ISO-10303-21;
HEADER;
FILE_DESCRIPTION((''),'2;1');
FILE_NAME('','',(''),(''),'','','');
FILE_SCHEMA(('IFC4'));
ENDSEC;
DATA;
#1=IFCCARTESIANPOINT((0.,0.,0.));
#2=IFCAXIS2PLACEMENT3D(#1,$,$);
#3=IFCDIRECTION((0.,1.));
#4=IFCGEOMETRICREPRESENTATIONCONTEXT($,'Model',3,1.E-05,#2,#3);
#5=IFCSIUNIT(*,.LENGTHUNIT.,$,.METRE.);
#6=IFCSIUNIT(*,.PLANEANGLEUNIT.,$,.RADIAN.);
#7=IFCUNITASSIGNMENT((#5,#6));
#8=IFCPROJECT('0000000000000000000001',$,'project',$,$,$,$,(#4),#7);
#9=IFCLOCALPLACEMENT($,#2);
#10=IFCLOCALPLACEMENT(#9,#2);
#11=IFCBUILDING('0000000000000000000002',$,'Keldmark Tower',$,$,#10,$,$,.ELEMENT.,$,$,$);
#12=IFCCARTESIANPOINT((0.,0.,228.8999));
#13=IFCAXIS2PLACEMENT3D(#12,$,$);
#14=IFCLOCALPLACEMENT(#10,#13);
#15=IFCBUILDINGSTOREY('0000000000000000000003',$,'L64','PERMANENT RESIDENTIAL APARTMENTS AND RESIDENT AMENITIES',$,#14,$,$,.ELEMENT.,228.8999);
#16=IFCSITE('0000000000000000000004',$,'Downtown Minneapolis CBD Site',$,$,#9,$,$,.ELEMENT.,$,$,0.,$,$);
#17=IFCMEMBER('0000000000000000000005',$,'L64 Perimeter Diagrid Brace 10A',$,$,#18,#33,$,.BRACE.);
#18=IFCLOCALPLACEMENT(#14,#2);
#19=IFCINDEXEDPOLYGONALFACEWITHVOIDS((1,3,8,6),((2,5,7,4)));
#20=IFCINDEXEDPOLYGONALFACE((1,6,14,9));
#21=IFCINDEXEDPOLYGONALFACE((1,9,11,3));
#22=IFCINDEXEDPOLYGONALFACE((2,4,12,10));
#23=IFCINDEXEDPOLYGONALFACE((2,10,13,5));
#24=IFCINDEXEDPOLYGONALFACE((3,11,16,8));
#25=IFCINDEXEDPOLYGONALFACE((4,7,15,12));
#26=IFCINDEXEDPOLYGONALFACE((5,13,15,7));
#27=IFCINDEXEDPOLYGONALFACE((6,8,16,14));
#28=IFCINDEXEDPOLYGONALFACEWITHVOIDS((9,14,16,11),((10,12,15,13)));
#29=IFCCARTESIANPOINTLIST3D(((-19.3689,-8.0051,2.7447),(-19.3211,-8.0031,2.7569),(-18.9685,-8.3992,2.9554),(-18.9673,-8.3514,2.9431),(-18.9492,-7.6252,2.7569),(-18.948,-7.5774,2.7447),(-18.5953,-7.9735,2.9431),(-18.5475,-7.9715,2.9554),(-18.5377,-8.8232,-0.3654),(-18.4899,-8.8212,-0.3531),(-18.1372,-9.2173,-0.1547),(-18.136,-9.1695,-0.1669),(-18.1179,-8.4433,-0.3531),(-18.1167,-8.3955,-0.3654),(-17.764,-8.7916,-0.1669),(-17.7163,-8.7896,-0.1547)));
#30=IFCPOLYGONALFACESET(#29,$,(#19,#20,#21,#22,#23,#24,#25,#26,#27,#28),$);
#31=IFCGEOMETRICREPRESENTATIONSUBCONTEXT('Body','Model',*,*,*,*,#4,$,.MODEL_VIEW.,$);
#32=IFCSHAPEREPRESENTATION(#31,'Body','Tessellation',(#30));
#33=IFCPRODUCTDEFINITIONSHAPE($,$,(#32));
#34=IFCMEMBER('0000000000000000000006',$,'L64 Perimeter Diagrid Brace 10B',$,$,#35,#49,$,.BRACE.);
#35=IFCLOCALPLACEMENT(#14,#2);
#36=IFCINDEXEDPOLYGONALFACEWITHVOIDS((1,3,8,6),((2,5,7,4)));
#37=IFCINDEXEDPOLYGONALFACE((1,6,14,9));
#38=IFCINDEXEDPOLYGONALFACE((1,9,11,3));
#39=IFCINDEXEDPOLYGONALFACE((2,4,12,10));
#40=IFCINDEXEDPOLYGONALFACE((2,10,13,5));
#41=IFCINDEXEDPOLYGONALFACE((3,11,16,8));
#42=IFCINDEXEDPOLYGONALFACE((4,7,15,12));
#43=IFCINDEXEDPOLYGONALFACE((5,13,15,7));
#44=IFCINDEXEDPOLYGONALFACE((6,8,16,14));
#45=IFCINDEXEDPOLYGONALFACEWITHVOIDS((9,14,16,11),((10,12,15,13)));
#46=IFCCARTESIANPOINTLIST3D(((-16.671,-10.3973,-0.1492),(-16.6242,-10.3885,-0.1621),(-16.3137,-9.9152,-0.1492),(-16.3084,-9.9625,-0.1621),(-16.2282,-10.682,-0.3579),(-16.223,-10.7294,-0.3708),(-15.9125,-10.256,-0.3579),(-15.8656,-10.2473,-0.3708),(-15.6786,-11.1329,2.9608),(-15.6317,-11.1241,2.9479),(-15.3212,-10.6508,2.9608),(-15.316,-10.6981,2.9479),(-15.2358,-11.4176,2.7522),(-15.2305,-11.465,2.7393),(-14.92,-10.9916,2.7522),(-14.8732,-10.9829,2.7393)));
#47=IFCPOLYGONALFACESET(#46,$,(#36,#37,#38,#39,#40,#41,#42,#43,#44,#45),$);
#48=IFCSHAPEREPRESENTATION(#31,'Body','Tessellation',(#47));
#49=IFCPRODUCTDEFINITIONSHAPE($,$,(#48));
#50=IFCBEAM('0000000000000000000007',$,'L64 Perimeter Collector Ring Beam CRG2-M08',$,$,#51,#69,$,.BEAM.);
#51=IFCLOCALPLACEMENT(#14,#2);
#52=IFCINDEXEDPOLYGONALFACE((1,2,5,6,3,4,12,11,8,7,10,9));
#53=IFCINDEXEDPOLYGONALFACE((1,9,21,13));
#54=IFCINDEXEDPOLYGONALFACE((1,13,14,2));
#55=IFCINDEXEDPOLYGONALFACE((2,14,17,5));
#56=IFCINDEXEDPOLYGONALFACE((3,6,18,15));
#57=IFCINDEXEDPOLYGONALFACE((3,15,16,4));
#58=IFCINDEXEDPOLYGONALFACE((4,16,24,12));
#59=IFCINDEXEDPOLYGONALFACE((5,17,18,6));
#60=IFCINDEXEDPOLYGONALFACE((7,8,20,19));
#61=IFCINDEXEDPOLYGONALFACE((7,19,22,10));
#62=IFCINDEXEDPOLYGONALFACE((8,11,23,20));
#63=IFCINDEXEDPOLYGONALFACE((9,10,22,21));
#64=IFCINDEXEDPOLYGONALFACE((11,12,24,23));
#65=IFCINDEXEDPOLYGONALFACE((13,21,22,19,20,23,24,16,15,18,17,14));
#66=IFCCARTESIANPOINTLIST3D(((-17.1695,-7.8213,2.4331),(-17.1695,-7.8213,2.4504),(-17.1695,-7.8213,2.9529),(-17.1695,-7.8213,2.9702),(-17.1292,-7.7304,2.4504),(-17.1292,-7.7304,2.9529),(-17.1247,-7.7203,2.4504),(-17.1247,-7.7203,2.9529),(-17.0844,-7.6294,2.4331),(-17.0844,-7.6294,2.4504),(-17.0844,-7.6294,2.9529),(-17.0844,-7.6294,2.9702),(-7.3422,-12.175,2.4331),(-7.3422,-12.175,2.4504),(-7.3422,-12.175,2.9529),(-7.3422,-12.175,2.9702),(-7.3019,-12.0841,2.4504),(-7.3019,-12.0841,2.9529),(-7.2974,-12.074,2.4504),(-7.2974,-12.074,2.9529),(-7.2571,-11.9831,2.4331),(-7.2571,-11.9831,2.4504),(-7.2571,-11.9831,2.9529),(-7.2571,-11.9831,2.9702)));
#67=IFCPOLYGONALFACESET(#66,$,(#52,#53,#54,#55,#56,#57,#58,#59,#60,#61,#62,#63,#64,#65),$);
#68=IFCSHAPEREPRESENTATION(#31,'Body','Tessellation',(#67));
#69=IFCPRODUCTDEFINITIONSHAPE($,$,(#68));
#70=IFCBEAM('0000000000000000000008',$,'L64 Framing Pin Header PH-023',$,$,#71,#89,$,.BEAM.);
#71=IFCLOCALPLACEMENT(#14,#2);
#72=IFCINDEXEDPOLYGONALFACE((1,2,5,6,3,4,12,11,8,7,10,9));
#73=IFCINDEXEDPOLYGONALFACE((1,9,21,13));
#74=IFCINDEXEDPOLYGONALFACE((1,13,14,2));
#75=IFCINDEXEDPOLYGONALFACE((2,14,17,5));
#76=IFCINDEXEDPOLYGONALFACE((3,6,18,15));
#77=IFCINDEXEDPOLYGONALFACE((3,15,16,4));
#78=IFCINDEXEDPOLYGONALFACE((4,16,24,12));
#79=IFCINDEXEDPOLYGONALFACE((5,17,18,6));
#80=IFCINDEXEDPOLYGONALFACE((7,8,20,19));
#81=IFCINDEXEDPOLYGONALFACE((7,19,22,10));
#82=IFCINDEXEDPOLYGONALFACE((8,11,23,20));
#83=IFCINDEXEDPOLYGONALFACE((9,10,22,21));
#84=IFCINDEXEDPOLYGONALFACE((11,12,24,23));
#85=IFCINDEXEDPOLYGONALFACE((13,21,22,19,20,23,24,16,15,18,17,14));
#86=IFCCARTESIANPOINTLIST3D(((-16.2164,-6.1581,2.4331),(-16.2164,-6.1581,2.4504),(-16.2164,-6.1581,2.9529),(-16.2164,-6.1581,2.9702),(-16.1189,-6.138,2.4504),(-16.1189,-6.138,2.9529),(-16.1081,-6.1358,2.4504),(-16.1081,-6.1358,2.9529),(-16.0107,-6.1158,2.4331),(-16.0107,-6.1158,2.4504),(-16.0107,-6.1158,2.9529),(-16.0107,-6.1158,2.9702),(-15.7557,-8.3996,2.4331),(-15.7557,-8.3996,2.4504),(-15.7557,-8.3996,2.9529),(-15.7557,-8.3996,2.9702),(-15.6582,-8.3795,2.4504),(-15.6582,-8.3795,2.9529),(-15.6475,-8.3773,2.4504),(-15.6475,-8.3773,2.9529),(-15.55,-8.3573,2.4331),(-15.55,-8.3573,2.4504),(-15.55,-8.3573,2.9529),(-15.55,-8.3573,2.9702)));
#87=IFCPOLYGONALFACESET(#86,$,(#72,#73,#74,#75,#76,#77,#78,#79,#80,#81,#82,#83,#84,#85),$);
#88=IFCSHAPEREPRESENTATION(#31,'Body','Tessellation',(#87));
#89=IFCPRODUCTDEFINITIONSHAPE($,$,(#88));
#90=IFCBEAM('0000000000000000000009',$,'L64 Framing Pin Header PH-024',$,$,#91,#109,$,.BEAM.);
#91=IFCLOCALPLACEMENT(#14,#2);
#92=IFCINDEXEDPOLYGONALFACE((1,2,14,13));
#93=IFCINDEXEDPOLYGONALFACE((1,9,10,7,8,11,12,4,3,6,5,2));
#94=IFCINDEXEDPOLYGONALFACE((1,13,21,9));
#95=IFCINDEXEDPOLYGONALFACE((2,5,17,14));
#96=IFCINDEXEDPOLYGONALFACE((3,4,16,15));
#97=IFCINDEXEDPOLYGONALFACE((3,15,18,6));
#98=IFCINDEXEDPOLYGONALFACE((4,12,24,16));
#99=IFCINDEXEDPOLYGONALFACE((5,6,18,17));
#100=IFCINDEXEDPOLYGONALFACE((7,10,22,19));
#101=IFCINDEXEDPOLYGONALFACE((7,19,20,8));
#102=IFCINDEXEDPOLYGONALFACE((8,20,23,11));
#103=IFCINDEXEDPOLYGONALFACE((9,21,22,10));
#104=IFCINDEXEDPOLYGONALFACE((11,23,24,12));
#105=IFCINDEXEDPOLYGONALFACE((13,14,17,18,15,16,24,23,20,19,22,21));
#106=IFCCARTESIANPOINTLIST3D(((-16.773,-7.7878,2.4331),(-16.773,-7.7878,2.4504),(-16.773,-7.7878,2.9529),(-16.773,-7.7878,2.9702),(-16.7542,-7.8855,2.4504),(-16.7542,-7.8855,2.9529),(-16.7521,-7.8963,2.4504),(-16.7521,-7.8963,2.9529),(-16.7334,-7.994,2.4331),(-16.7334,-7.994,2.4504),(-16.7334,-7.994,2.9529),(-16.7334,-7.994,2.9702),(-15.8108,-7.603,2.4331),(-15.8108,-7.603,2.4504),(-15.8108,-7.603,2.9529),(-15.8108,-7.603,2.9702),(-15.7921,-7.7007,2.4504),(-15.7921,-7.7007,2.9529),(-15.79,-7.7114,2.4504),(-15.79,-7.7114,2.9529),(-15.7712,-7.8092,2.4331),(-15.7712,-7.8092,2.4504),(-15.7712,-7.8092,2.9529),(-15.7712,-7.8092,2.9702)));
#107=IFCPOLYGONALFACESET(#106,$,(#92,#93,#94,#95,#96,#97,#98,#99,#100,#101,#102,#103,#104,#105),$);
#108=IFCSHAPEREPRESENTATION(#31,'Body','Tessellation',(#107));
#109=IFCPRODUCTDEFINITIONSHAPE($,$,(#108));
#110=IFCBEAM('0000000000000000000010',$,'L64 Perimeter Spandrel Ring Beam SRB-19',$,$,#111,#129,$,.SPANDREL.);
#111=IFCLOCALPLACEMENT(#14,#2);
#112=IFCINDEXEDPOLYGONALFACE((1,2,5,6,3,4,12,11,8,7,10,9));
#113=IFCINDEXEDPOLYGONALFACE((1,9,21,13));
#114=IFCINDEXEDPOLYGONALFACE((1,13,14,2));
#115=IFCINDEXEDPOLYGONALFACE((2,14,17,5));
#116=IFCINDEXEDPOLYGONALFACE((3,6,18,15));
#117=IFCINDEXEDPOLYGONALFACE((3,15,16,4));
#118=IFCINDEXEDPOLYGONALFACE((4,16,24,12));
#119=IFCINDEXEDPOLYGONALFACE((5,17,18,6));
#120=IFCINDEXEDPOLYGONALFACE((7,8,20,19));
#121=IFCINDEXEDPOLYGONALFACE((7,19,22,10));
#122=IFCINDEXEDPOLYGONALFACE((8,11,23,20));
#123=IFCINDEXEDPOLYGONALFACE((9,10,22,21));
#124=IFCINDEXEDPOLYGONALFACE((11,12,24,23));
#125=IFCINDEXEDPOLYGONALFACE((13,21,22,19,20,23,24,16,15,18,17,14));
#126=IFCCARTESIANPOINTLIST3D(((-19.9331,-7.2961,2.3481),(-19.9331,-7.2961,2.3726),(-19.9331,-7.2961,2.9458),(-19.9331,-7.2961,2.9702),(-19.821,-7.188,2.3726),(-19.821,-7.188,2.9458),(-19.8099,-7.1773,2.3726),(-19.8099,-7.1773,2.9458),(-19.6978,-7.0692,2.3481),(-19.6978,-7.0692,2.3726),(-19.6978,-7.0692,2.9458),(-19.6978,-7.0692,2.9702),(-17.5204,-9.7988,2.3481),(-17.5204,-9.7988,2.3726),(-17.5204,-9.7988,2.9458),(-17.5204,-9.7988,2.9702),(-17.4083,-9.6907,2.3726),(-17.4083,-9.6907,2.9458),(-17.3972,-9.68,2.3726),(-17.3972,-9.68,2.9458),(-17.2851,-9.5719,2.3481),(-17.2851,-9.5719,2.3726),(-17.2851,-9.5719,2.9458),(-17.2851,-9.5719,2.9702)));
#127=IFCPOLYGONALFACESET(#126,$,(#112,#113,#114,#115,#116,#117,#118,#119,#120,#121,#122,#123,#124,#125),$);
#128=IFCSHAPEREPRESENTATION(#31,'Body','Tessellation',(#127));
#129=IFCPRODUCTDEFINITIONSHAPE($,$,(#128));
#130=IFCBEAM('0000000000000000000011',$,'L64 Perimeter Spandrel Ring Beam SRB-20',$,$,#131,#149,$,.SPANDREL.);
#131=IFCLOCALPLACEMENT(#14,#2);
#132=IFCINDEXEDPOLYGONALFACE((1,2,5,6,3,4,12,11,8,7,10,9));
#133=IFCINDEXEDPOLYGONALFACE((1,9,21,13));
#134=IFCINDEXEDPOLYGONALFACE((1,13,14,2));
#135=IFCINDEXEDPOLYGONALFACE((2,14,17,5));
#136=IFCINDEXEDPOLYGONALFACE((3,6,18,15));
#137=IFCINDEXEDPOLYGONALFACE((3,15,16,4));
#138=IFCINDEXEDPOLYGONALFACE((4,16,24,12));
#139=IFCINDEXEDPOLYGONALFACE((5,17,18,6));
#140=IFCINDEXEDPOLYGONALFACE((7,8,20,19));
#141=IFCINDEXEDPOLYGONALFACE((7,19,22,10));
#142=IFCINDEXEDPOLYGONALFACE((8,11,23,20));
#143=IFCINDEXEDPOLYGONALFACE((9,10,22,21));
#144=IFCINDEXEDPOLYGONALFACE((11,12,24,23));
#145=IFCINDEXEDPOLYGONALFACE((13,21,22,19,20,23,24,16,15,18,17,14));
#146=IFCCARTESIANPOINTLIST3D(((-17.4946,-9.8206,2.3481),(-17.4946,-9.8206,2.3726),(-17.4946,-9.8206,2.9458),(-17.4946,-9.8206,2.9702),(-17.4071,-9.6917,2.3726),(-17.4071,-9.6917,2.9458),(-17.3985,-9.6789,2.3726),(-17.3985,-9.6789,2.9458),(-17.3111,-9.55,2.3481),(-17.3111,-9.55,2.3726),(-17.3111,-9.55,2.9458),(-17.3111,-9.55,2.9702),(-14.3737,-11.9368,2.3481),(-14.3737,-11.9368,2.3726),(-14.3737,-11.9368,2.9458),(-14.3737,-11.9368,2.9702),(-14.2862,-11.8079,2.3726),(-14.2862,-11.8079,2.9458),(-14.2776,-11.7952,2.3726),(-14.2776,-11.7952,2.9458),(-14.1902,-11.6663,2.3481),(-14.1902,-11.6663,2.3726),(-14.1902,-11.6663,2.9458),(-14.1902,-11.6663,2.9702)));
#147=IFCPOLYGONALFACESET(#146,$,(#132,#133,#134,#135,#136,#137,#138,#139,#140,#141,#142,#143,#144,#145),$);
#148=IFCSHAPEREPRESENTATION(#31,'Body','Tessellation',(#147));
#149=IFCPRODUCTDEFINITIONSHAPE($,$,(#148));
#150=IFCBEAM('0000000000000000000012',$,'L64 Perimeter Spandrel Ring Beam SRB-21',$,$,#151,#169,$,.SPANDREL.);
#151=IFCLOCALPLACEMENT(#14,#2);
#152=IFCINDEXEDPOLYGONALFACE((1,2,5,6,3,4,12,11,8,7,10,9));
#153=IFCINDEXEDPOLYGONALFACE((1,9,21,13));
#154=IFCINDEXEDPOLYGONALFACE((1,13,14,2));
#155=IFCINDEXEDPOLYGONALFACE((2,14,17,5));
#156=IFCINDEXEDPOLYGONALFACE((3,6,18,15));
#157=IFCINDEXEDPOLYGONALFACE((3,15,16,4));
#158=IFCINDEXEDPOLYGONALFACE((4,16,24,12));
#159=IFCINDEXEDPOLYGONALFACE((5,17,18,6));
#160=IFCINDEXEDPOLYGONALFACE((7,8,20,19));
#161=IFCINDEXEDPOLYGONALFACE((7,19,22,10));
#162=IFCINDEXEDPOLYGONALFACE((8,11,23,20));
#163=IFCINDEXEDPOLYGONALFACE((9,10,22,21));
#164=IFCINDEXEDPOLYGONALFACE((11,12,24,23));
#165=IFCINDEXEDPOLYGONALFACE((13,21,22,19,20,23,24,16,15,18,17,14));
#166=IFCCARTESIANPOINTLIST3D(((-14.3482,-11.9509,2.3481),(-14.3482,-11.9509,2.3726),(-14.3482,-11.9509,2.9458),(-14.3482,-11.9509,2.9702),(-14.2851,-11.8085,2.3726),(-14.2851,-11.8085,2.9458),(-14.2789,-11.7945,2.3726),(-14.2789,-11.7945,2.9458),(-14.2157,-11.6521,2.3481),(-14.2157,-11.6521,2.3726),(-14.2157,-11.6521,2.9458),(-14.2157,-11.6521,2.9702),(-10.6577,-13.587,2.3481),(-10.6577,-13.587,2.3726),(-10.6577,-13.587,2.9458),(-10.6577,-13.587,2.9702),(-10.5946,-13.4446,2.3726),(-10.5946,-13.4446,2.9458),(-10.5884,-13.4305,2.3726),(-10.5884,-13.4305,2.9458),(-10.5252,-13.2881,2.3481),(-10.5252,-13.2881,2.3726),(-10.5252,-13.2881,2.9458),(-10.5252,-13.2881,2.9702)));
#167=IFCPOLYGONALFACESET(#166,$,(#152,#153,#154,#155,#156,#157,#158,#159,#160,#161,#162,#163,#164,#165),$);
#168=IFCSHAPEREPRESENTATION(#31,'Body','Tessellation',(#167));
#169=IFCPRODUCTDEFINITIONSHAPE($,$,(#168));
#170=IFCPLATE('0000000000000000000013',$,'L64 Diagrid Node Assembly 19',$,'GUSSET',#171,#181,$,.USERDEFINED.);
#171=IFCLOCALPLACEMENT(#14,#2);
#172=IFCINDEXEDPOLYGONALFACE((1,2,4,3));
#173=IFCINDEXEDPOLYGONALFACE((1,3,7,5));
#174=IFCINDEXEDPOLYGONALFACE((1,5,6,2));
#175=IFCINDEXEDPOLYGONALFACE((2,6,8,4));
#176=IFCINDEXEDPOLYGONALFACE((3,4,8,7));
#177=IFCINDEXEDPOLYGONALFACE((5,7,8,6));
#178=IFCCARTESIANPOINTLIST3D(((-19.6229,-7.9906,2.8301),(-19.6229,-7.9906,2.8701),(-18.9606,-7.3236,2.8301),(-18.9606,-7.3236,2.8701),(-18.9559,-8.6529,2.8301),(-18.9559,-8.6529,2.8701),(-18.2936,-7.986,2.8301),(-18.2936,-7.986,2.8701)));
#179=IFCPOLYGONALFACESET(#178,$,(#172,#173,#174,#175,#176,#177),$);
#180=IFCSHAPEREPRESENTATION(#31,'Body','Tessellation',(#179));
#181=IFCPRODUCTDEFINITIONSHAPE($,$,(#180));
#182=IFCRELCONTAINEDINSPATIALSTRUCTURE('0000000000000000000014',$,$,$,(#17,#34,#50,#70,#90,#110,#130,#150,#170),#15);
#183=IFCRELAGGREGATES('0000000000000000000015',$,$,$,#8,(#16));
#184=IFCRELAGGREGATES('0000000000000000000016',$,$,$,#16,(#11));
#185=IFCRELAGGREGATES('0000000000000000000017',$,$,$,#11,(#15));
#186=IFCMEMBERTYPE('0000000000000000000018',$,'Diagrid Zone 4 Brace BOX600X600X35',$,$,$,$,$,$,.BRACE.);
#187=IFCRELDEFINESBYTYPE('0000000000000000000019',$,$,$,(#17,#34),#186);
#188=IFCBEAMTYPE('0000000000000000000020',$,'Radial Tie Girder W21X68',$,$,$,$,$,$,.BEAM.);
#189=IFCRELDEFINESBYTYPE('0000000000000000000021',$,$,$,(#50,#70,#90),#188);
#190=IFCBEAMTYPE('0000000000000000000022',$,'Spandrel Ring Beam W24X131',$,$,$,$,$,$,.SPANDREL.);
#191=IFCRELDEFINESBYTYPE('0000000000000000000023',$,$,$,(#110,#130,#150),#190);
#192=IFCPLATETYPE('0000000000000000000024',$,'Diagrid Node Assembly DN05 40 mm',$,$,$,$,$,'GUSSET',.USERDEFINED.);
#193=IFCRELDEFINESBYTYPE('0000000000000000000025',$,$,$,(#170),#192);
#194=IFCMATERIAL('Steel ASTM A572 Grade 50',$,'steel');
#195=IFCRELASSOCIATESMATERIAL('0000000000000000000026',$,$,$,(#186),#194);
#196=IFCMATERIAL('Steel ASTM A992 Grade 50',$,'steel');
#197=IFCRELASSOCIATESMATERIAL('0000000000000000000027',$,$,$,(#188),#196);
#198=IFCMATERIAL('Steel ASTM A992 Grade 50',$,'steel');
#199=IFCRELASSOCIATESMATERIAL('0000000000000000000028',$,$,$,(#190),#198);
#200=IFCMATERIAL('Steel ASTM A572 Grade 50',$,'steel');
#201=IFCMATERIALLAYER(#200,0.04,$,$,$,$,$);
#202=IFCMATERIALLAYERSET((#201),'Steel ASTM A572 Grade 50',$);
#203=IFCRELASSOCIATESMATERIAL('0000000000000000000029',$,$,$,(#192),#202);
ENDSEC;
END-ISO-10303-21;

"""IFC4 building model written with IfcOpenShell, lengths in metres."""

from ifc_helpers import new_model, si_unit, direction, frame, origin, origin_2d, place, context, subcontext, project, spatial, rectangle, hollow_rectangle, i_section, extrude, material, layer, layer_set, material_profile, profile_set, type_object, element, save


model = new_model("IFC4")

# Units and contexts
model_context = context("Model", 3, precision=1e-05, world=origin(), true_north=direction((0.0, 1.0)))
body_context = subcontext(model_context, "Body", "Model", "MODEL_VIEW")
ifc_project = project(units=[si_unit("LENGTHUNIT", "METRE"), si_unit("PLANEANGLEUNIT", "RADIAN")], contexts=[model_context])

# Site, building, storey
site_placement = place(None, origin())
site = spatial("IfcSite", under=ifc_project, at=site_placement, Name="Downtown Minneapolis CBD Site", CompositionType="ELEMENT", RefElevation=0.0)
building_placement = place(site_placement, origin())
building = spatial("IfcBuilding", under=site, at=building_placement, Name="Keldmark Tower", CompositionType="ELEMENT")
storey_placement = place(building_placement, frame((0.0, 0.0, 228.8999)))
storey = spatial("IfcBuildingStorey", under=building, at=storey_placement, Name="L64", Description="PERMANENT RESIDENTIAL APARTMENTS AND RESIDENT AMENITIES", CompositionType="ELEMENT", Elevation=228.8999)

# Members
ifc_material_1 = material(Name="Steel ASTM A572 Grade 50", Category="steel")
ifc_material_profile_1 = material_profile(ifc_material_1, hollow_rectangle(XDim=0.6001, YDim=0.6001, WallThickness=0.0349, at=origin_2d()), Name="BOX600X600X35")
ifc_profile_set_1 = profile_set([ifc_material_profile_1], Name="Steel ASTM A572 Grade 50")
member_type = type_object("IfcMemberType", Name="Diagrid Zone 4 Brace BOX600X600X35", PredefinedType="BRACE", material=ifc_profile_set_1)
member_1_placement = place(storey_placement, frame((-18.127, -8.8064, -0.26), z_axis=(-0.250269, 0.2463, 0.936323), x_axis=(-0.701433, -0.712736, 0.0)))
element("IfcMember", 1, at=member_1_placement, inside=storey, type_object=member_type, Name="L64 Perimeter Diagrid Brace 10A", PredefinedType="BRACE", context=body_context, shape_type="SweptSolid", body=[
    extrude(hollow_rectangle(XDim=0.6001, YDim=0.6001, WallThickness=0.0349, at=origin_2d()), origin(), (0.0, 0.0, 1.0), 3.3215),
])
member_2_placement = place(storey_placement, frame((-16.2683, -10.3223, -0.26), z_axis=(0.296562, -0.219813, 0.929373), x_axis=(0.595469, 0.803379, 0.0)))
element("IfcMember", 2, at=member_2_placement, inside=storey, type_object=member_type, Name="L64 Perimeter Diagrid Brace 10B", PredefinedType="BRACE", context=body_context, shape_type="SweptSolid", body=[
    extrude(hollow_rectangle(XDim=0.6001, YDim=0.6001, WallThickness=0.0349, at=origin_2d()), origin(), (0.0, 0.0, 1.0), 3.3464),
])

# Beams
ifc_material_2 = material(Name="Steel ASTM A992 Grade 50", Category="steel")
ifc_material_profile_2 = material_profile(ifc_material_2, i_section(OverallWidth=0.21, OverallDepth=0.5371, WebThickness=0.011, FlangeThickness=0.0173, at=origin_2d()), Name="W21X68")
ifc_profile_set_2 = profile_set([ifc_material_profile_2], Name="Steel ASTM A992 Grade 50")
beam_type_1 = type_object("IfcBeamType", Name="Radial Tie Girder W21X68", PredefinedType="BEAM", material=ifc_profile_set_2)
beam_1_placement = place(storey_placement, frame((-17.127, -7.7253, 2.7017), z_axis=(0.914293, -0.405053, 0.0), x_axis=(0.405053, 0.914293, 0.0)))
element("IfcBeam", 3, at=beam_1_placement, inside=storey, type_object=beam_type_1, Name="L64 Perimeter Collector Ring Beam CRG2-M08", PredefinedType="BEAM", context=body_context, shape_type="SweptSolid", body=[
    extrude(i_section(OverallWidth=0.21, OverallDepth=0.5371, WebThickness=0.011, FlangeThickness=0.0173, at=origin_2d()), origin(), (0.0, 0.0, 1.0), 10.7485),
])
beam_2_placement = place(storey_placement, frame((-15.6528, -8.3784, 2.7017), z_axis=(-0.201325, 0.979525, 0.0), x_axis=(-0.979525, -0.201325, 0.0)))
element("IfcBeam", 4, at=beam_2_placement, inside=storey, type_object=beam_type_1, Name="L64 Framing Pin Header PH-023", PredefinedType="BEAM", context=body_context, shape_type="SweptSolid", body=[
    extrude(i_section(OverallWidth=0.21, OverallDepth=0.5371, WebThickness=0.011, FlangeThickness=0.0173, at=origin_2d()), origin(), (0.0, 0.0, 1.0), 2.2883),
])
beam_3_placement = place(storey_placement, frame((-15.791, -7.7061, 2.7017), z_axis=(-0.982047, -0.188635, 0.0), x_axis=(0.188635, -0.982047, 0.0)))
element("IfcBeam", 5, at=beam_3_placement, inside=storey, type_object=beam_type_1, Name="L64 Framing Pin Header PH-024", PredefinedType="BEAM", context=body_context, shape_type="SweptSolid", body=[
    extrude(i_section(OverallWidth=0.21, OverallDepth=0.5371, WebThickness=0.011, FlangeThickness=0.0173, at=origin_2d()), origin(), (0.0, 0.0, 1.0), 0.9797),
])
ifc_material_3 = material(Name="Steel ASTM A992 Grade 50", Category="steel")
ifc_material_profile_3 = material_profile(ifc_material_3, i_section(OverallWidth=0.3269, OverallDepth=0.6221, WebThickness=0.0154, FlangeThickness=0.0244, at=origin_2d()), Name="W24X131")
ifc_profile_set_3 = profile_set([ifc_material_profile_3], Name="Steel ASTM A992 Grade 50")
beam_type_2 = type_object("IfcBeamType", Name="Spandrel Ring Beam W24X131", PredefinedType="SPANDREL", material=ifc_profile_set_3)
beam_4_placement = place(storey_placement, frame((-19.8154, -7.1826, 2.6592), z_axis=(0.69403, -0.719946, 0.0), x_axis=(0.719946, 0.69403, 0.0)))
element("IfcBeam", 6, at=beam_4_placement, inside=storey, type_object=beam_type_2, Name="L64 Perimeter Spandrel Ring Beam SRB-19", PredefinedType="SPANDREL", context=body_context, shape_type="SweptSolid", body=[
    extrude(i_section(OverallWidth=0.3269, OverallDepth=0.6221, WebThickness=0.0154, FlangeThickness=0.0244, at=origin_2d()), origin(), (0.0, 0.0, 1.0), 3.4763),
])
beam_5_placement = place(storey_placement, frame((-17.4028, -9.6853, 2.6592), z_axis=(0.827662, -0.561227, 0.0), x_axis=(0.561227, 0.827662, 0.0)))
element("IfcBeam", 7, at=beam_5_placement, inside=storey, type_object=beam_type_2, Name="L64 Perimeter Spandrel Ring Beam SRB-20", PredefinedType="SPANDREL", context=body_context, shape_type="SweptSolid", body=[
    extrude(i_section(OverallWidth=0.3269, OverallDepth=0.6221, WebThickness=0.0154, FlangeThickness=0.0244, at=origin_2d()), origin(), (0.0, 0.0, 1.0), 3.7708),
])
beam_6_placement = place(storey_placement, frame((-14.282, -11.8015, 2.6592), z_axis=(0.914198, -0.405269, 0.0), x_axis=(0.405269, 0.914198, 0.0)))
element("IfcBeam", 8, at=beam_6_placement, inside=storey, type_object=beam_type_2, Name="L64 Perimeter Spandrel Ring Beam SRB-21", PredefinedType="SPANDREL", context=body_context, shape_type="SweptSolid", body=[
    extrude(i_section(OverallWidth=0.3269, OverallDepth=0.6221, WebThickness=0.0154, FlangeThickness=0.0244, at=origin_2d()), origin(), (0.0, 0.0, 1.0), 4.0369),
])

# Plate
ifc_material_4 = material(Name="Steel ASTM A572 Grade 50", Category="steel")
ifc_layer_1 = layer(ifc_material_4, 0.04)
ifc_layer_set_1 = layer_set([ifc_layer_1], Name="Steel ASTM A572 Grade 50")
plate_type = type_object("IfcPlateType", Name="Diagrid Node Assembly DN05 40 mm", ElementType="GUSSET", PredefinedType="USERDEFINED", material=ifc_layer_set_1)
for number, where, z_axis, x_axis, name in (
    (9, (-18.9583, -7.9883, 2.8301), (0.0, 0.0, 1.0), (0.709571, -0.704634, 0.0), "L64 Diagrid Node Assembly 19"),
):
    element("IfcPlate", number, at=place(storey_placement, frame(where, z_axis=z_axis, x_axis=x_axis)), inside=storey, type_object=plate_type, Name=name, ObjectType="GUSSET", PredefinedType="USERDEFINED", context=body_context, shape_type="SweptSolid", body=[
        extrude(rectangle(XDim=0.9399, YDim=0.9399, at=origin_2d()), origin(), (0.0, 0.0, 1.0), 0.04),
    ])

save(model, "model.ifc")
